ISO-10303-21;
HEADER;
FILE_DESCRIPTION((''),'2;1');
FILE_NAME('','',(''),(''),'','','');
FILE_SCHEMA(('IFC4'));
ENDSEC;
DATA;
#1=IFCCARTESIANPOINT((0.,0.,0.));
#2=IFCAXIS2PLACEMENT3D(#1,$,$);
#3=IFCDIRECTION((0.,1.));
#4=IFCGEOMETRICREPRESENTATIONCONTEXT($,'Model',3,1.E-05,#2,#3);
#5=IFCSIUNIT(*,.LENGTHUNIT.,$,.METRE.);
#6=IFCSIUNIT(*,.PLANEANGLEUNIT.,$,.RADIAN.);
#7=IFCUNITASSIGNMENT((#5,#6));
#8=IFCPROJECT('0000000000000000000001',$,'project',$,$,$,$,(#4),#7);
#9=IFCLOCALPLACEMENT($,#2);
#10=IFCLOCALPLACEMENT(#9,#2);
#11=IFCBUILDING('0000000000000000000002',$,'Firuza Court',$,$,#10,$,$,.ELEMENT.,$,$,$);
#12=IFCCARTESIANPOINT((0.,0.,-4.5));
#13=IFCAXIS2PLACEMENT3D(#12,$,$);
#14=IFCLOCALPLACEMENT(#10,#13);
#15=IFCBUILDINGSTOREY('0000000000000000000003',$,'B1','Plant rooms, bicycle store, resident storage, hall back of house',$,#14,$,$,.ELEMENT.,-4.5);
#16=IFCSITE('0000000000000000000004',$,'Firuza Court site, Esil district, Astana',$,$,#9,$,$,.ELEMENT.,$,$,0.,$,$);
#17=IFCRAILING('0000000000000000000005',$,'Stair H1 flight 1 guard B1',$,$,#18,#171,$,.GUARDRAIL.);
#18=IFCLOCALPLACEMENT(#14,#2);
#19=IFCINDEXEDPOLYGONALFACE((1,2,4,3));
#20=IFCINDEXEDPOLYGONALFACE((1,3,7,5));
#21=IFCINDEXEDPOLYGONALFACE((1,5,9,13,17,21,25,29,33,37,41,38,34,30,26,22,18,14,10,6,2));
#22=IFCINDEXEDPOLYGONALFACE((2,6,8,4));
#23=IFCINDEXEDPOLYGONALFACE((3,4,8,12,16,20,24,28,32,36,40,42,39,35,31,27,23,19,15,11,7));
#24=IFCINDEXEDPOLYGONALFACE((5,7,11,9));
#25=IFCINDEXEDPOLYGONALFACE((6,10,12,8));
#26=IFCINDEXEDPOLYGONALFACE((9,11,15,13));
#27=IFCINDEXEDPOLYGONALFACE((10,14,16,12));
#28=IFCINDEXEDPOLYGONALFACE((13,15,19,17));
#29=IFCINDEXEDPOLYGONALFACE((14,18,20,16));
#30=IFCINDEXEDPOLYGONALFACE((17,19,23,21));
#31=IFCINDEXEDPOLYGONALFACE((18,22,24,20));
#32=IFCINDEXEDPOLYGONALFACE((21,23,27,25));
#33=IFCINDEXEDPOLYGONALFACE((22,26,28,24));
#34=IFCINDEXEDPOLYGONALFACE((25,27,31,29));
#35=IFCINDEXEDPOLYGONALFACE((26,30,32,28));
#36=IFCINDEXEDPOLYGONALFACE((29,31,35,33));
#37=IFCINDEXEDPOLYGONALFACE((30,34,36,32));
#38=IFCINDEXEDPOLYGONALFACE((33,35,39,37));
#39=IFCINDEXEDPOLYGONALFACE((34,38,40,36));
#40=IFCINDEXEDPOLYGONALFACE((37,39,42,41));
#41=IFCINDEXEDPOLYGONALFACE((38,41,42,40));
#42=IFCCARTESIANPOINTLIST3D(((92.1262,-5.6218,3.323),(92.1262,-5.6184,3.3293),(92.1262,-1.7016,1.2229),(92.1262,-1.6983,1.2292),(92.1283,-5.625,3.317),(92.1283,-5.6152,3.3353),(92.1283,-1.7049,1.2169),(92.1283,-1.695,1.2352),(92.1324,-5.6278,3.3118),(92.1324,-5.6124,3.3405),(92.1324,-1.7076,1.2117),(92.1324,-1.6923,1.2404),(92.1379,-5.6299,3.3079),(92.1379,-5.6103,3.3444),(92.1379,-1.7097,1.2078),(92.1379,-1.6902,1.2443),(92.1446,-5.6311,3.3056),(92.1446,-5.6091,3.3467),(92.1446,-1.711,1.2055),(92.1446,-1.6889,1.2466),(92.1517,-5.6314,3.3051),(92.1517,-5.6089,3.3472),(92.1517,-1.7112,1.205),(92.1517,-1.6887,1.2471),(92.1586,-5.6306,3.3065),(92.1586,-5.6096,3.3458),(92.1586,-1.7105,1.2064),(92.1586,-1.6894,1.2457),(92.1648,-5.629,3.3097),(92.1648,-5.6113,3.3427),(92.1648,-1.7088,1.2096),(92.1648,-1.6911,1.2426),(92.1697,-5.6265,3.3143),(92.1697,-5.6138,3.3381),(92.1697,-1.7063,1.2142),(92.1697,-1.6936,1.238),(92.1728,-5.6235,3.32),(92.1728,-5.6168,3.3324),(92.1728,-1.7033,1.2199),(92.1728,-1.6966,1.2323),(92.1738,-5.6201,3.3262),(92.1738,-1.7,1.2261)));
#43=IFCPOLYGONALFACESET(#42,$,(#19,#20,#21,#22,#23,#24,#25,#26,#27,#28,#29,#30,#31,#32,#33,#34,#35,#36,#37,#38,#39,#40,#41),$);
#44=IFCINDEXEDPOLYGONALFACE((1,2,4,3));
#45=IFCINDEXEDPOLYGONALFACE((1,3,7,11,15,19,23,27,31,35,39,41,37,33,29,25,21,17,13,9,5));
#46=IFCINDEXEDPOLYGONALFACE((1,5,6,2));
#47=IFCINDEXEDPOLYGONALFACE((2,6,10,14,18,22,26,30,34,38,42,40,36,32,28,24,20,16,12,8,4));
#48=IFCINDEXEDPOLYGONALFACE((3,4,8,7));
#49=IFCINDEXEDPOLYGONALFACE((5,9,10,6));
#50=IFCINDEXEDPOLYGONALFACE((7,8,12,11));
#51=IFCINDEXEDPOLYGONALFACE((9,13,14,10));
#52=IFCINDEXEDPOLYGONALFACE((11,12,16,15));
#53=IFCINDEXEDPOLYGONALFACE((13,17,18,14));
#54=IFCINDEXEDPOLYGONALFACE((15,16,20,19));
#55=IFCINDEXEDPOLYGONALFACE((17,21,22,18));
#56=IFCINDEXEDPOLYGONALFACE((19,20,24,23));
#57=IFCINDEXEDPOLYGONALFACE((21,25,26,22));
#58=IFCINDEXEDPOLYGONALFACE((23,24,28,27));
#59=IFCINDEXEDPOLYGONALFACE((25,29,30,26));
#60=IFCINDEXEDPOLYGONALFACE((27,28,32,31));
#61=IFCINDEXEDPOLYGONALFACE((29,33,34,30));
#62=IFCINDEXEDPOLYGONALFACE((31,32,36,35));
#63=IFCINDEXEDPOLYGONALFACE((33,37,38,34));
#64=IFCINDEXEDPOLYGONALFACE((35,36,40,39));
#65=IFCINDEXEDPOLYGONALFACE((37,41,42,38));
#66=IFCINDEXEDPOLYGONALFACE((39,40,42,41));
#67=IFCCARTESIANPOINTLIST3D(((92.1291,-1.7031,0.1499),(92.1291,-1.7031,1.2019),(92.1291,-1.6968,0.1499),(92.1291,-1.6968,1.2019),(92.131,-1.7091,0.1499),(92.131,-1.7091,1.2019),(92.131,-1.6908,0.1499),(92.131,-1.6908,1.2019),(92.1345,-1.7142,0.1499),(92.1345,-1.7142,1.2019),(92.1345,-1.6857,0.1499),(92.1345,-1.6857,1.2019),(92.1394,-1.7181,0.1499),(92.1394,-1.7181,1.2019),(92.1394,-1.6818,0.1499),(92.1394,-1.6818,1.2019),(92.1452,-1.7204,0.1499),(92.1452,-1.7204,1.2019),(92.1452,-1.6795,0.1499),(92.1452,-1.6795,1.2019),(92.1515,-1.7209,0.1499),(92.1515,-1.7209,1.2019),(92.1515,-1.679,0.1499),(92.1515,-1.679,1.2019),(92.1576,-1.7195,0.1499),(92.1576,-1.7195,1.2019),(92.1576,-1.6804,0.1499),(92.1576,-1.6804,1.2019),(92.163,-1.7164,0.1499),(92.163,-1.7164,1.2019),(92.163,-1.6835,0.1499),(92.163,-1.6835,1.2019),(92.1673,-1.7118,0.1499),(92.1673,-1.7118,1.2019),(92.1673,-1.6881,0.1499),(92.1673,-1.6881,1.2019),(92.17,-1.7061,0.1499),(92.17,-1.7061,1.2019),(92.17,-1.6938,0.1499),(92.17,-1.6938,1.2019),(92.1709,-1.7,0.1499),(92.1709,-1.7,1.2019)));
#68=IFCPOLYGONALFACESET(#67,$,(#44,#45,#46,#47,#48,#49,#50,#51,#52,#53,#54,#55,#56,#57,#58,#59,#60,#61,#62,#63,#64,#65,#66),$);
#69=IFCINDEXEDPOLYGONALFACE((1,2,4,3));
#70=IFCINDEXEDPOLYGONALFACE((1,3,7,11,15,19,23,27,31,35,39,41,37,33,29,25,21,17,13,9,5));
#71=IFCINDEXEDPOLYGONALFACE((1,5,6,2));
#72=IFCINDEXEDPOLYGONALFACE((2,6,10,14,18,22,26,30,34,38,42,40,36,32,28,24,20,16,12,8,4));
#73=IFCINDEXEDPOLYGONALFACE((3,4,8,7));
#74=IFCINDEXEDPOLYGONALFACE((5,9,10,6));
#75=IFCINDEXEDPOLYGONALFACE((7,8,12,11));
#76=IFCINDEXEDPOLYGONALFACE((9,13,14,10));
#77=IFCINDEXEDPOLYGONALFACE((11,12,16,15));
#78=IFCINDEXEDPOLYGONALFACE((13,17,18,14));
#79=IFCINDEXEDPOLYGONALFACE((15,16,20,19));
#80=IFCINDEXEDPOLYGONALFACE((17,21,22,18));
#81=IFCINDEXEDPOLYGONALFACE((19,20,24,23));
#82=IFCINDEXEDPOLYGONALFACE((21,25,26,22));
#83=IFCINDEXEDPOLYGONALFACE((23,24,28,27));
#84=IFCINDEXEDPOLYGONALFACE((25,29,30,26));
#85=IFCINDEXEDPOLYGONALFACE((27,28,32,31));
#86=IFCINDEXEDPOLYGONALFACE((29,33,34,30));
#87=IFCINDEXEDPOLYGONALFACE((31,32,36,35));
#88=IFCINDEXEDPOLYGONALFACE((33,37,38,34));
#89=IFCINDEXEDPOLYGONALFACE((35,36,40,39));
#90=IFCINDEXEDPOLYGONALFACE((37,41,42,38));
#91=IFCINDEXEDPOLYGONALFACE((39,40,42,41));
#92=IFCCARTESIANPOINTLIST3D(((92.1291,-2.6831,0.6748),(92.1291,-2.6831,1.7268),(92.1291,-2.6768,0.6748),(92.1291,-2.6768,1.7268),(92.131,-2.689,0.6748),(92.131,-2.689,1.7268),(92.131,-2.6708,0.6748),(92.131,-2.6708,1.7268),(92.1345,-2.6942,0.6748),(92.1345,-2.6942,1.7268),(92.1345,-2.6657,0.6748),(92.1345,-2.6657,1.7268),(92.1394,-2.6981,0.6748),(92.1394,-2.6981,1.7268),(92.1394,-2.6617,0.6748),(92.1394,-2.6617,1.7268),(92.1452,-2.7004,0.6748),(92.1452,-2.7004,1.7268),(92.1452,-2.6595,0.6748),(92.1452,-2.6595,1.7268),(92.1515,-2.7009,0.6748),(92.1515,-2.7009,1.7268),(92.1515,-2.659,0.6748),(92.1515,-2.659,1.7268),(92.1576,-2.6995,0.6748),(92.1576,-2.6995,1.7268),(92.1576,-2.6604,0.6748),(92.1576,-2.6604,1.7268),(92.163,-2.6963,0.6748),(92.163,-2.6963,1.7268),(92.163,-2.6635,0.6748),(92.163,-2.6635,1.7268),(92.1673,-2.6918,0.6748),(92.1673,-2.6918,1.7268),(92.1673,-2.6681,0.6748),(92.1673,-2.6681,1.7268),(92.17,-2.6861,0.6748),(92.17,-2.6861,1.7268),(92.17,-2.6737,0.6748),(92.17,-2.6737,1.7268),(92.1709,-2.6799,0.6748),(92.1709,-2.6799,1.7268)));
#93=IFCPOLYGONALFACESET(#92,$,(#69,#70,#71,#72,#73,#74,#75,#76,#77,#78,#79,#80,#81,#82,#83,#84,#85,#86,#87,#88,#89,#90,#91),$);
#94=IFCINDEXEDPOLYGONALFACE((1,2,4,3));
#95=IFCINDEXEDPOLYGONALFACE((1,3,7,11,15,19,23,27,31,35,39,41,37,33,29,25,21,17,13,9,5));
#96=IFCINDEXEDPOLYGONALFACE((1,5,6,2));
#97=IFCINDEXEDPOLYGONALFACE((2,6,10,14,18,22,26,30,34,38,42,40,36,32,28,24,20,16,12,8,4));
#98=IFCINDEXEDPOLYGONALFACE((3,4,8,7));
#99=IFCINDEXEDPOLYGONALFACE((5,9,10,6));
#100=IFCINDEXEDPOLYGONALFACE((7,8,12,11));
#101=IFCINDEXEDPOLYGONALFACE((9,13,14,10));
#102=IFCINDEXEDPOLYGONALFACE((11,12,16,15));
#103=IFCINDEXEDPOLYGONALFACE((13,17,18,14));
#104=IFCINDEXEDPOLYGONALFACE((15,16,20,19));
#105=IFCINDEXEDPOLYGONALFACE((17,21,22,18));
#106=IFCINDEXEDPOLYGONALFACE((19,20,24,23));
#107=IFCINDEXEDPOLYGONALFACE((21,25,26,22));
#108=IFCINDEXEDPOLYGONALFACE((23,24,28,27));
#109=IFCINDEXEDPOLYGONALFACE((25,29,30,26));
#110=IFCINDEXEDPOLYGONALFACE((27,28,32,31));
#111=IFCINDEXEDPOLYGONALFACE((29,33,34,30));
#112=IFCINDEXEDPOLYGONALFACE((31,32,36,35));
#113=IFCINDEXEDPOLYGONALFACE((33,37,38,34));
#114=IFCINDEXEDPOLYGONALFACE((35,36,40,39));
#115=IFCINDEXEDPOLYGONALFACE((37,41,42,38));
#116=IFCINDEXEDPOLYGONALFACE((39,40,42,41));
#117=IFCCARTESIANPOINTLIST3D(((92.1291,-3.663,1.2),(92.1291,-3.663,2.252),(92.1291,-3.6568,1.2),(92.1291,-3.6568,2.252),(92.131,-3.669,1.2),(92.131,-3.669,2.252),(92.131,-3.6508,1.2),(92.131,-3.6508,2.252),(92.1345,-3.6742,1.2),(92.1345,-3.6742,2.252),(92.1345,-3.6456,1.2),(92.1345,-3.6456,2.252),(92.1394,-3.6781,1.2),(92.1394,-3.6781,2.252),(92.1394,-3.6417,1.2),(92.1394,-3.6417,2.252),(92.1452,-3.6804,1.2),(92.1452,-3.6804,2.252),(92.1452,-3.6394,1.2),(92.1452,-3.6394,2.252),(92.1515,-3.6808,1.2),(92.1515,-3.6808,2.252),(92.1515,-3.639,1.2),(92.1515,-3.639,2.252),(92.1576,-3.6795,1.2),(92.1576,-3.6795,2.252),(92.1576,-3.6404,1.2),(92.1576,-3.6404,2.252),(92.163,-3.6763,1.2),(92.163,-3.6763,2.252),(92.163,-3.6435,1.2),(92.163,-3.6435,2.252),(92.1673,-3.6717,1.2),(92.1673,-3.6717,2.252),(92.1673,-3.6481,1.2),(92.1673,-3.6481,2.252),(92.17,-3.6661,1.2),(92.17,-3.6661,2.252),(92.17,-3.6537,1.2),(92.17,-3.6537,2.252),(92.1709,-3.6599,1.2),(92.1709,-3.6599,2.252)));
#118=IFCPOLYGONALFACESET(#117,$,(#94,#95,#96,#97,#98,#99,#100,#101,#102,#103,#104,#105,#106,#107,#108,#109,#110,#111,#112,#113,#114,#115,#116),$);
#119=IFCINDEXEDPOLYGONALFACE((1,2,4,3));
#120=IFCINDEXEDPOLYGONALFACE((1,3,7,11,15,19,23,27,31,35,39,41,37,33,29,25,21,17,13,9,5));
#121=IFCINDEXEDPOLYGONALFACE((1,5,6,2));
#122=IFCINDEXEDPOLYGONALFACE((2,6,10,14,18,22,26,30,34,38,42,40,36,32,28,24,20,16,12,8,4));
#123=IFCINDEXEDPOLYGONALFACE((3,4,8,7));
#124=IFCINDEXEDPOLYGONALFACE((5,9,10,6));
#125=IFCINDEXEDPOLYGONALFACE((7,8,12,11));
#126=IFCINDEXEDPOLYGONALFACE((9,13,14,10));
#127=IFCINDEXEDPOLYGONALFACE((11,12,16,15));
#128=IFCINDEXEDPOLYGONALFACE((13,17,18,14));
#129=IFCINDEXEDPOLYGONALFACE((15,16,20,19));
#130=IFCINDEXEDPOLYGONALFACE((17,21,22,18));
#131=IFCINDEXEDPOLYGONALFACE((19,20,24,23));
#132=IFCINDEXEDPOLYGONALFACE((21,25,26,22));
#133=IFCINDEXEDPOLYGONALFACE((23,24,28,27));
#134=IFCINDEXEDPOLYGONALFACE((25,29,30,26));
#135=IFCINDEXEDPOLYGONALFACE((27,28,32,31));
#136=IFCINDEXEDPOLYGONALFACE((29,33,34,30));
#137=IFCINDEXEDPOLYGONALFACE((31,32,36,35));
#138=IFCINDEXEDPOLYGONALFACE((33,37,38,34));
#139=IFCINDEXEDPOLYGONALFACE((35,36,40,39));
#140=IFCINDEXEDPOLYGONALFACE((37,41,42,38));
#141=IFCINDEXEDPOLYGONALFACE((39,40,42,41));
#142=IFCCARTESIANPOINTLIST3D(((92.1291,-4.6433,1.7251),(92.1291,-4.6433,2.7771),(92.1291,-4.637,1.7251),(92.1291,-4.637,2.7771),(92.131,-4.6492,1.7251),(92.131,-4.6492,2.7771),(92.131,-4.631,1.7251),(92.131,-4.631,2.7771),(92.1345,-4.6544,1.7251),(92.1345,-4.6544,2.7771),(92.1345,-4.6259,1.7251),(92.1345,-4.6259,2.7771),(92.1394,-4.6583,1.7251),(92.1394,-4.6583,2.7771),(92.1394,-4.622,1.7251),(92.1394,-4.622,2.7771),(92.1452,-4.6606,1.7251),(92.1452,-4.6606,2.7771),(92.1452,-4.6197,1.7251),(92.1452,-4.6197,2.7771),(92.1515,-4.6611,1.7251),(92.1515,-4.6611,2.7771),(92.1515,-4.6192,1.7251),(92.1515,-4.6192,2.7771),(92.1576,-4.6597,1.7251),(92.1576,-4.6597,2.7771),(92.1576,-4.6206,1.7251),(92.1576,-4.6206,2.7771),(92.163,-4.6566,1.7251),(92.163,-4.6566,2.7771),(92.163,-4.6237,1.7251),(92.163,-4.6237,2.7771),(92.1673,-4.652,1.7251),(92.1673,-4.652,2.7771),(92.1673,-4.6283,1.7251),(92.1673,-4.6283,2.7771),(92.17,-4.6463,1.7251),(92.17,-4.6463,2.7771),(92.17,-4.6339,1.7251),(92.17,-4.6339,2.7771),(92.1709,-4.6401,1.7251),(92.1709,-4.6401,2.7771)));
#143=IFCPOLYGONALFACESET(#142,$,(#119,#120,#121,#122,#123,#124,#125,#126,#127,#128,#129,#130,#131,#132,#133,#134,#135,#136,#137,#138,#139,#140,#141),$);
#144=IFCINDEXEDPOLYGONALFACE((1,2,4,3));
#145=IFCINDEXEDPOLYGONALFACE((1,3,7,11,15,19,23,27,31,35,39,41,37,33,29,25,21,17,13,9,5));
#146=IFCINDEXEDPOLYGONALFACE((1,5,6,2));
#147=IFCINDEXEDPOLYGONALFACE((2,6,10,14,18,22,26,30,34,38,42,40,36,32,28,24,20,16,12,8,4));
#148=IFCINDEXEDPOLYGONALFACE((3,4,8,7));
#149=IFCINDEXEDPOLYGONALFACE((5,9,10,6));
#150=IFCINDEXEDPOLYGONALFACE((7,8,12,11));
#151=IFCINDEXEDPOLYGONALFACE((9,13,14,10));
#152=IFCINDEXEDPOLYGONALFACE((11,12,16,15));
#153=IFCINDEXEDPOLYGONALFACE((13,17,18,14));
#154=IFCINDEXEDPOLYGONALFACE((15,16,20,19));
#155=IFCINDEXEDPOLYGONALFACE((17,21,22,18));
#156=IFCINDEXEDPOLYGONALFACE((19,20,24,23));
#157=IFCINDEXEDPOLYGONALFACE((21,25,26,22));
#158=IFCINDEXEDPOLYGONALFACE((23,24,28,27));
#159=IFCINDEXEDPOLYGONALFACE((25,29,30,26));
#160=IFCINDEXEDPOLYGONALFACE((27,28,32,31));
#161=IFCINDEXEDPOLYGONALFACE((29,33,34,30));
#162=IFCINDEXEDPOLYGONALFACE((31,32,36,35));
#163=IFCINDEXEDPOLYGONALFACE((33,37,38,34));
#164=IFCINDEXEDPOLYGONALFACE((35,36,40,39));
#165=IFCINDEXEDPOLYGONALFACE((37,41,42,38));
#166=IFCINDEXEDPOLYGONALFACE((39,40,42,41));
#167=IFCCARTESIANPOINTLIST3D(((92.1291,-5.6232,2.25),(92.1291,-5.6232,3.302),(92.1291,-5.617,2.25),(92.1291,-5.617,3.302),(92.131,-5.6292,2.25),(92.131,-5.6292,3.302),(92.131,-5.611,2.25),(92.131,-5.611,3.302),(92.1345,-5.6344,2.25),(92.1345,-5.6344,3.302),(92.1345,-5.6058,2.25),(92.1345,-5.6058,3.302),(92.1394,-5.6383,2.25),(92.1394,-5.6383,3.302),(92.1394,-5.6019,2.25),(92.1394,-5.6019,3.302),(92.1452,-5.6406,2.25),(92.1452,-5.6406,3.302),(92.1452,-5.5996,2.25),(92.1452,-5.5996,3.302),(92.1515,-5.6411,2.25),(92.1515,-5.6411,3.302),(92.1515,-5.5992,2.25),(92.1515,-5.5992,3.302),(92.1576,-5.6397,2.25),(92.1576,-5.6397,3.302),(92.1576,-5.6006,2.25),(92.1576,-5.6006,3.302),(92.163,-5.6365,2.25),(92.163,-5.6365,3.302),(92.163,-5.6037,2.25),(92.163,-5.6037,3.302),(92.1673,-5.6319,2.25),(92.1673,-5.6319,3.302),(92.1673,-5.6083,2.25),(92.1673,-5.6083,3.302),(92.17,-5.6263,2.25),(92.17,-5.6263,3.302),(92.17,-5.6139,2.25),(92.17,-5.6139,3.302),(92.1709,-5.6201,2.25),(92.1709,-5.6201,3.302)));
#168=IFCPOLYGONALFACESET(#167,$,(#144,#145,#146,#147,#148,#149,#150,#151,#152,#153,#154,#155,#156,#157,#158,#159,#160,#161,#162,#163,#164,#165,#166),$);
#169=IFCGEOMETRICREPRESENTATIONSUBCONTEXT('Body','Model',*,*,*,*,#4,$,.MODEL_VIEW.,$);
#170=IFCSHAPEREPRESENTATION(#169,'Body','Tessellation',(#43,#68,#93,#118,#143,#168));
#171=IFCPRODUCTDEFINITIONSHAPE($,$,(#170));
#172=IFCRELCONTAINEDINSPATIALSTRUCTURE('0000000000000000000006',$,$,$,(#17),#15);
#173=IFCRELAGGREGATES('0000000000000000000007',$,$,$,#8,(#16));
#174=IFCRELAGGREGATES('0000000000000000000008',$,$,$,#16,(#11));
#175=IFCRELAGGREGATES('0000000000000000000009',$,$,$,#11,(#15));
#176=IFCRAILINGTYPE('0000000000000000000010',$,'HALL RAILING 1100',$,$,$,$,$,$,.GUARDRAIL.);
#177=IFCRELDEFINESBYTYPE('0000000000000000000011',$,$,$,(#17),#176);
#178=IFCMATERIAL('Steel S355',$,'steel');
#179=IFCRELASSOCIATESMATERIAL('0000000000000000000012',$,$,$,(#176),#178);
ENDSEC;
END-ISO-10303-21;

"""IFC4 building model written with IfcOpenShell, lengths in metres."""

from ifc_helpers import new_model, si_unit, direction, frame, origin, origin_2d, place, context, subcontext, project, spatial, circle, extrude, material, type_object, element, save


model = new_model("IFC4")

# Units and contexts
model_context = context("Model", 3, precision=1e-05, world=origin(), true_north=direction((0.0, 1.0)))
body_context = subcontext(model_context, "Body", "Model", "MODEL_VIEW")
ifc_project = project(units=[si_unit("LENGTHUNIT", "METRE"), si_unit("PLANEANGLEUNIT", "RADIAN")], contexts=[model_context])

# Site, building, storey
site_placement = place(None, origin())
site = spatial("IfcSite", under=ifc_project, at=site_placement, Name="Firuza Court site, Esil district, Astana", CompositionType="ELEMENT", RefElevation=0.0)
building_placement = place(site_placement, origin())
building = spatial("IfcBuilding", under=site, at=building_placement, Name="Firuza Court", CompositionType="ELEMENT")
storey_placement = place(building_placement, frame((0.0, 0.0, -4.5)))
storey = spatial("IfcBuildingStorey", under=building, at=storey_placement, Name="B1", Description="Plant rooms, bicycle store, resident storage, hall back of house", CompositionType="ELEMENT", Elevation=-4.5)

# Railing
ifc_material_1 = material(Name="Steel S355", Category="steel")
railing_type_1 = type_object("IfcRailingType", Name="HALL RAILING 1100", PredefinedType="GUARDRAIL", material=ifc_material_1)
railing_1_placement = place(storey_placement, frame((92.1499, -1.7, 0.1499)))
element("IfcRailing", 1, at=railing_1_placement, inside=storey, type_object=railing_type_1, Name="Stair H1 flight 1 guard B1", PredefinedType="GUARDRAIL", context=body_context, shape_type="SweptSolid", body=[
    extrude(circle(Radius=0.0239, at=origin_2d()), frame((0.0, 0.0, 1.0762), z_axis=(0.0, -0.881479, 0.472223), x_axis=(1.0, 0.0, 0.0)), (0.0, 0.0, 1.0), 4.4473),
    extrude(circle(Radius=0.021, at=origin_2d()), origin(), (0.0, 0.0, 1.0), 1.052),
    extrude(circle(Radius=0.021, at=origin_2d()), frame((0.0, -0.98, 0.5249)), (0.0, 0.0, 1.0), 1.052),
    extrude(circle(Radius=0.021, at=origin_2d()), frame((0.0, -1.96, 1.05)), (0.0, 0.0, 1.0), 1.052),
    extrude(circle(Radius=0.021, at=origin_2d()), frame((0.0, -2.9402, 1.5752)), (0.0, 0.0, 1.0), 1.052),
    extrude(circle(Radius=0.021, at=origin_2d()), frame((0.0, -3.9202, 2.1001)), (0.0, 0.0, 1.0), 1.052),
])

save(model, "model.ifc")
